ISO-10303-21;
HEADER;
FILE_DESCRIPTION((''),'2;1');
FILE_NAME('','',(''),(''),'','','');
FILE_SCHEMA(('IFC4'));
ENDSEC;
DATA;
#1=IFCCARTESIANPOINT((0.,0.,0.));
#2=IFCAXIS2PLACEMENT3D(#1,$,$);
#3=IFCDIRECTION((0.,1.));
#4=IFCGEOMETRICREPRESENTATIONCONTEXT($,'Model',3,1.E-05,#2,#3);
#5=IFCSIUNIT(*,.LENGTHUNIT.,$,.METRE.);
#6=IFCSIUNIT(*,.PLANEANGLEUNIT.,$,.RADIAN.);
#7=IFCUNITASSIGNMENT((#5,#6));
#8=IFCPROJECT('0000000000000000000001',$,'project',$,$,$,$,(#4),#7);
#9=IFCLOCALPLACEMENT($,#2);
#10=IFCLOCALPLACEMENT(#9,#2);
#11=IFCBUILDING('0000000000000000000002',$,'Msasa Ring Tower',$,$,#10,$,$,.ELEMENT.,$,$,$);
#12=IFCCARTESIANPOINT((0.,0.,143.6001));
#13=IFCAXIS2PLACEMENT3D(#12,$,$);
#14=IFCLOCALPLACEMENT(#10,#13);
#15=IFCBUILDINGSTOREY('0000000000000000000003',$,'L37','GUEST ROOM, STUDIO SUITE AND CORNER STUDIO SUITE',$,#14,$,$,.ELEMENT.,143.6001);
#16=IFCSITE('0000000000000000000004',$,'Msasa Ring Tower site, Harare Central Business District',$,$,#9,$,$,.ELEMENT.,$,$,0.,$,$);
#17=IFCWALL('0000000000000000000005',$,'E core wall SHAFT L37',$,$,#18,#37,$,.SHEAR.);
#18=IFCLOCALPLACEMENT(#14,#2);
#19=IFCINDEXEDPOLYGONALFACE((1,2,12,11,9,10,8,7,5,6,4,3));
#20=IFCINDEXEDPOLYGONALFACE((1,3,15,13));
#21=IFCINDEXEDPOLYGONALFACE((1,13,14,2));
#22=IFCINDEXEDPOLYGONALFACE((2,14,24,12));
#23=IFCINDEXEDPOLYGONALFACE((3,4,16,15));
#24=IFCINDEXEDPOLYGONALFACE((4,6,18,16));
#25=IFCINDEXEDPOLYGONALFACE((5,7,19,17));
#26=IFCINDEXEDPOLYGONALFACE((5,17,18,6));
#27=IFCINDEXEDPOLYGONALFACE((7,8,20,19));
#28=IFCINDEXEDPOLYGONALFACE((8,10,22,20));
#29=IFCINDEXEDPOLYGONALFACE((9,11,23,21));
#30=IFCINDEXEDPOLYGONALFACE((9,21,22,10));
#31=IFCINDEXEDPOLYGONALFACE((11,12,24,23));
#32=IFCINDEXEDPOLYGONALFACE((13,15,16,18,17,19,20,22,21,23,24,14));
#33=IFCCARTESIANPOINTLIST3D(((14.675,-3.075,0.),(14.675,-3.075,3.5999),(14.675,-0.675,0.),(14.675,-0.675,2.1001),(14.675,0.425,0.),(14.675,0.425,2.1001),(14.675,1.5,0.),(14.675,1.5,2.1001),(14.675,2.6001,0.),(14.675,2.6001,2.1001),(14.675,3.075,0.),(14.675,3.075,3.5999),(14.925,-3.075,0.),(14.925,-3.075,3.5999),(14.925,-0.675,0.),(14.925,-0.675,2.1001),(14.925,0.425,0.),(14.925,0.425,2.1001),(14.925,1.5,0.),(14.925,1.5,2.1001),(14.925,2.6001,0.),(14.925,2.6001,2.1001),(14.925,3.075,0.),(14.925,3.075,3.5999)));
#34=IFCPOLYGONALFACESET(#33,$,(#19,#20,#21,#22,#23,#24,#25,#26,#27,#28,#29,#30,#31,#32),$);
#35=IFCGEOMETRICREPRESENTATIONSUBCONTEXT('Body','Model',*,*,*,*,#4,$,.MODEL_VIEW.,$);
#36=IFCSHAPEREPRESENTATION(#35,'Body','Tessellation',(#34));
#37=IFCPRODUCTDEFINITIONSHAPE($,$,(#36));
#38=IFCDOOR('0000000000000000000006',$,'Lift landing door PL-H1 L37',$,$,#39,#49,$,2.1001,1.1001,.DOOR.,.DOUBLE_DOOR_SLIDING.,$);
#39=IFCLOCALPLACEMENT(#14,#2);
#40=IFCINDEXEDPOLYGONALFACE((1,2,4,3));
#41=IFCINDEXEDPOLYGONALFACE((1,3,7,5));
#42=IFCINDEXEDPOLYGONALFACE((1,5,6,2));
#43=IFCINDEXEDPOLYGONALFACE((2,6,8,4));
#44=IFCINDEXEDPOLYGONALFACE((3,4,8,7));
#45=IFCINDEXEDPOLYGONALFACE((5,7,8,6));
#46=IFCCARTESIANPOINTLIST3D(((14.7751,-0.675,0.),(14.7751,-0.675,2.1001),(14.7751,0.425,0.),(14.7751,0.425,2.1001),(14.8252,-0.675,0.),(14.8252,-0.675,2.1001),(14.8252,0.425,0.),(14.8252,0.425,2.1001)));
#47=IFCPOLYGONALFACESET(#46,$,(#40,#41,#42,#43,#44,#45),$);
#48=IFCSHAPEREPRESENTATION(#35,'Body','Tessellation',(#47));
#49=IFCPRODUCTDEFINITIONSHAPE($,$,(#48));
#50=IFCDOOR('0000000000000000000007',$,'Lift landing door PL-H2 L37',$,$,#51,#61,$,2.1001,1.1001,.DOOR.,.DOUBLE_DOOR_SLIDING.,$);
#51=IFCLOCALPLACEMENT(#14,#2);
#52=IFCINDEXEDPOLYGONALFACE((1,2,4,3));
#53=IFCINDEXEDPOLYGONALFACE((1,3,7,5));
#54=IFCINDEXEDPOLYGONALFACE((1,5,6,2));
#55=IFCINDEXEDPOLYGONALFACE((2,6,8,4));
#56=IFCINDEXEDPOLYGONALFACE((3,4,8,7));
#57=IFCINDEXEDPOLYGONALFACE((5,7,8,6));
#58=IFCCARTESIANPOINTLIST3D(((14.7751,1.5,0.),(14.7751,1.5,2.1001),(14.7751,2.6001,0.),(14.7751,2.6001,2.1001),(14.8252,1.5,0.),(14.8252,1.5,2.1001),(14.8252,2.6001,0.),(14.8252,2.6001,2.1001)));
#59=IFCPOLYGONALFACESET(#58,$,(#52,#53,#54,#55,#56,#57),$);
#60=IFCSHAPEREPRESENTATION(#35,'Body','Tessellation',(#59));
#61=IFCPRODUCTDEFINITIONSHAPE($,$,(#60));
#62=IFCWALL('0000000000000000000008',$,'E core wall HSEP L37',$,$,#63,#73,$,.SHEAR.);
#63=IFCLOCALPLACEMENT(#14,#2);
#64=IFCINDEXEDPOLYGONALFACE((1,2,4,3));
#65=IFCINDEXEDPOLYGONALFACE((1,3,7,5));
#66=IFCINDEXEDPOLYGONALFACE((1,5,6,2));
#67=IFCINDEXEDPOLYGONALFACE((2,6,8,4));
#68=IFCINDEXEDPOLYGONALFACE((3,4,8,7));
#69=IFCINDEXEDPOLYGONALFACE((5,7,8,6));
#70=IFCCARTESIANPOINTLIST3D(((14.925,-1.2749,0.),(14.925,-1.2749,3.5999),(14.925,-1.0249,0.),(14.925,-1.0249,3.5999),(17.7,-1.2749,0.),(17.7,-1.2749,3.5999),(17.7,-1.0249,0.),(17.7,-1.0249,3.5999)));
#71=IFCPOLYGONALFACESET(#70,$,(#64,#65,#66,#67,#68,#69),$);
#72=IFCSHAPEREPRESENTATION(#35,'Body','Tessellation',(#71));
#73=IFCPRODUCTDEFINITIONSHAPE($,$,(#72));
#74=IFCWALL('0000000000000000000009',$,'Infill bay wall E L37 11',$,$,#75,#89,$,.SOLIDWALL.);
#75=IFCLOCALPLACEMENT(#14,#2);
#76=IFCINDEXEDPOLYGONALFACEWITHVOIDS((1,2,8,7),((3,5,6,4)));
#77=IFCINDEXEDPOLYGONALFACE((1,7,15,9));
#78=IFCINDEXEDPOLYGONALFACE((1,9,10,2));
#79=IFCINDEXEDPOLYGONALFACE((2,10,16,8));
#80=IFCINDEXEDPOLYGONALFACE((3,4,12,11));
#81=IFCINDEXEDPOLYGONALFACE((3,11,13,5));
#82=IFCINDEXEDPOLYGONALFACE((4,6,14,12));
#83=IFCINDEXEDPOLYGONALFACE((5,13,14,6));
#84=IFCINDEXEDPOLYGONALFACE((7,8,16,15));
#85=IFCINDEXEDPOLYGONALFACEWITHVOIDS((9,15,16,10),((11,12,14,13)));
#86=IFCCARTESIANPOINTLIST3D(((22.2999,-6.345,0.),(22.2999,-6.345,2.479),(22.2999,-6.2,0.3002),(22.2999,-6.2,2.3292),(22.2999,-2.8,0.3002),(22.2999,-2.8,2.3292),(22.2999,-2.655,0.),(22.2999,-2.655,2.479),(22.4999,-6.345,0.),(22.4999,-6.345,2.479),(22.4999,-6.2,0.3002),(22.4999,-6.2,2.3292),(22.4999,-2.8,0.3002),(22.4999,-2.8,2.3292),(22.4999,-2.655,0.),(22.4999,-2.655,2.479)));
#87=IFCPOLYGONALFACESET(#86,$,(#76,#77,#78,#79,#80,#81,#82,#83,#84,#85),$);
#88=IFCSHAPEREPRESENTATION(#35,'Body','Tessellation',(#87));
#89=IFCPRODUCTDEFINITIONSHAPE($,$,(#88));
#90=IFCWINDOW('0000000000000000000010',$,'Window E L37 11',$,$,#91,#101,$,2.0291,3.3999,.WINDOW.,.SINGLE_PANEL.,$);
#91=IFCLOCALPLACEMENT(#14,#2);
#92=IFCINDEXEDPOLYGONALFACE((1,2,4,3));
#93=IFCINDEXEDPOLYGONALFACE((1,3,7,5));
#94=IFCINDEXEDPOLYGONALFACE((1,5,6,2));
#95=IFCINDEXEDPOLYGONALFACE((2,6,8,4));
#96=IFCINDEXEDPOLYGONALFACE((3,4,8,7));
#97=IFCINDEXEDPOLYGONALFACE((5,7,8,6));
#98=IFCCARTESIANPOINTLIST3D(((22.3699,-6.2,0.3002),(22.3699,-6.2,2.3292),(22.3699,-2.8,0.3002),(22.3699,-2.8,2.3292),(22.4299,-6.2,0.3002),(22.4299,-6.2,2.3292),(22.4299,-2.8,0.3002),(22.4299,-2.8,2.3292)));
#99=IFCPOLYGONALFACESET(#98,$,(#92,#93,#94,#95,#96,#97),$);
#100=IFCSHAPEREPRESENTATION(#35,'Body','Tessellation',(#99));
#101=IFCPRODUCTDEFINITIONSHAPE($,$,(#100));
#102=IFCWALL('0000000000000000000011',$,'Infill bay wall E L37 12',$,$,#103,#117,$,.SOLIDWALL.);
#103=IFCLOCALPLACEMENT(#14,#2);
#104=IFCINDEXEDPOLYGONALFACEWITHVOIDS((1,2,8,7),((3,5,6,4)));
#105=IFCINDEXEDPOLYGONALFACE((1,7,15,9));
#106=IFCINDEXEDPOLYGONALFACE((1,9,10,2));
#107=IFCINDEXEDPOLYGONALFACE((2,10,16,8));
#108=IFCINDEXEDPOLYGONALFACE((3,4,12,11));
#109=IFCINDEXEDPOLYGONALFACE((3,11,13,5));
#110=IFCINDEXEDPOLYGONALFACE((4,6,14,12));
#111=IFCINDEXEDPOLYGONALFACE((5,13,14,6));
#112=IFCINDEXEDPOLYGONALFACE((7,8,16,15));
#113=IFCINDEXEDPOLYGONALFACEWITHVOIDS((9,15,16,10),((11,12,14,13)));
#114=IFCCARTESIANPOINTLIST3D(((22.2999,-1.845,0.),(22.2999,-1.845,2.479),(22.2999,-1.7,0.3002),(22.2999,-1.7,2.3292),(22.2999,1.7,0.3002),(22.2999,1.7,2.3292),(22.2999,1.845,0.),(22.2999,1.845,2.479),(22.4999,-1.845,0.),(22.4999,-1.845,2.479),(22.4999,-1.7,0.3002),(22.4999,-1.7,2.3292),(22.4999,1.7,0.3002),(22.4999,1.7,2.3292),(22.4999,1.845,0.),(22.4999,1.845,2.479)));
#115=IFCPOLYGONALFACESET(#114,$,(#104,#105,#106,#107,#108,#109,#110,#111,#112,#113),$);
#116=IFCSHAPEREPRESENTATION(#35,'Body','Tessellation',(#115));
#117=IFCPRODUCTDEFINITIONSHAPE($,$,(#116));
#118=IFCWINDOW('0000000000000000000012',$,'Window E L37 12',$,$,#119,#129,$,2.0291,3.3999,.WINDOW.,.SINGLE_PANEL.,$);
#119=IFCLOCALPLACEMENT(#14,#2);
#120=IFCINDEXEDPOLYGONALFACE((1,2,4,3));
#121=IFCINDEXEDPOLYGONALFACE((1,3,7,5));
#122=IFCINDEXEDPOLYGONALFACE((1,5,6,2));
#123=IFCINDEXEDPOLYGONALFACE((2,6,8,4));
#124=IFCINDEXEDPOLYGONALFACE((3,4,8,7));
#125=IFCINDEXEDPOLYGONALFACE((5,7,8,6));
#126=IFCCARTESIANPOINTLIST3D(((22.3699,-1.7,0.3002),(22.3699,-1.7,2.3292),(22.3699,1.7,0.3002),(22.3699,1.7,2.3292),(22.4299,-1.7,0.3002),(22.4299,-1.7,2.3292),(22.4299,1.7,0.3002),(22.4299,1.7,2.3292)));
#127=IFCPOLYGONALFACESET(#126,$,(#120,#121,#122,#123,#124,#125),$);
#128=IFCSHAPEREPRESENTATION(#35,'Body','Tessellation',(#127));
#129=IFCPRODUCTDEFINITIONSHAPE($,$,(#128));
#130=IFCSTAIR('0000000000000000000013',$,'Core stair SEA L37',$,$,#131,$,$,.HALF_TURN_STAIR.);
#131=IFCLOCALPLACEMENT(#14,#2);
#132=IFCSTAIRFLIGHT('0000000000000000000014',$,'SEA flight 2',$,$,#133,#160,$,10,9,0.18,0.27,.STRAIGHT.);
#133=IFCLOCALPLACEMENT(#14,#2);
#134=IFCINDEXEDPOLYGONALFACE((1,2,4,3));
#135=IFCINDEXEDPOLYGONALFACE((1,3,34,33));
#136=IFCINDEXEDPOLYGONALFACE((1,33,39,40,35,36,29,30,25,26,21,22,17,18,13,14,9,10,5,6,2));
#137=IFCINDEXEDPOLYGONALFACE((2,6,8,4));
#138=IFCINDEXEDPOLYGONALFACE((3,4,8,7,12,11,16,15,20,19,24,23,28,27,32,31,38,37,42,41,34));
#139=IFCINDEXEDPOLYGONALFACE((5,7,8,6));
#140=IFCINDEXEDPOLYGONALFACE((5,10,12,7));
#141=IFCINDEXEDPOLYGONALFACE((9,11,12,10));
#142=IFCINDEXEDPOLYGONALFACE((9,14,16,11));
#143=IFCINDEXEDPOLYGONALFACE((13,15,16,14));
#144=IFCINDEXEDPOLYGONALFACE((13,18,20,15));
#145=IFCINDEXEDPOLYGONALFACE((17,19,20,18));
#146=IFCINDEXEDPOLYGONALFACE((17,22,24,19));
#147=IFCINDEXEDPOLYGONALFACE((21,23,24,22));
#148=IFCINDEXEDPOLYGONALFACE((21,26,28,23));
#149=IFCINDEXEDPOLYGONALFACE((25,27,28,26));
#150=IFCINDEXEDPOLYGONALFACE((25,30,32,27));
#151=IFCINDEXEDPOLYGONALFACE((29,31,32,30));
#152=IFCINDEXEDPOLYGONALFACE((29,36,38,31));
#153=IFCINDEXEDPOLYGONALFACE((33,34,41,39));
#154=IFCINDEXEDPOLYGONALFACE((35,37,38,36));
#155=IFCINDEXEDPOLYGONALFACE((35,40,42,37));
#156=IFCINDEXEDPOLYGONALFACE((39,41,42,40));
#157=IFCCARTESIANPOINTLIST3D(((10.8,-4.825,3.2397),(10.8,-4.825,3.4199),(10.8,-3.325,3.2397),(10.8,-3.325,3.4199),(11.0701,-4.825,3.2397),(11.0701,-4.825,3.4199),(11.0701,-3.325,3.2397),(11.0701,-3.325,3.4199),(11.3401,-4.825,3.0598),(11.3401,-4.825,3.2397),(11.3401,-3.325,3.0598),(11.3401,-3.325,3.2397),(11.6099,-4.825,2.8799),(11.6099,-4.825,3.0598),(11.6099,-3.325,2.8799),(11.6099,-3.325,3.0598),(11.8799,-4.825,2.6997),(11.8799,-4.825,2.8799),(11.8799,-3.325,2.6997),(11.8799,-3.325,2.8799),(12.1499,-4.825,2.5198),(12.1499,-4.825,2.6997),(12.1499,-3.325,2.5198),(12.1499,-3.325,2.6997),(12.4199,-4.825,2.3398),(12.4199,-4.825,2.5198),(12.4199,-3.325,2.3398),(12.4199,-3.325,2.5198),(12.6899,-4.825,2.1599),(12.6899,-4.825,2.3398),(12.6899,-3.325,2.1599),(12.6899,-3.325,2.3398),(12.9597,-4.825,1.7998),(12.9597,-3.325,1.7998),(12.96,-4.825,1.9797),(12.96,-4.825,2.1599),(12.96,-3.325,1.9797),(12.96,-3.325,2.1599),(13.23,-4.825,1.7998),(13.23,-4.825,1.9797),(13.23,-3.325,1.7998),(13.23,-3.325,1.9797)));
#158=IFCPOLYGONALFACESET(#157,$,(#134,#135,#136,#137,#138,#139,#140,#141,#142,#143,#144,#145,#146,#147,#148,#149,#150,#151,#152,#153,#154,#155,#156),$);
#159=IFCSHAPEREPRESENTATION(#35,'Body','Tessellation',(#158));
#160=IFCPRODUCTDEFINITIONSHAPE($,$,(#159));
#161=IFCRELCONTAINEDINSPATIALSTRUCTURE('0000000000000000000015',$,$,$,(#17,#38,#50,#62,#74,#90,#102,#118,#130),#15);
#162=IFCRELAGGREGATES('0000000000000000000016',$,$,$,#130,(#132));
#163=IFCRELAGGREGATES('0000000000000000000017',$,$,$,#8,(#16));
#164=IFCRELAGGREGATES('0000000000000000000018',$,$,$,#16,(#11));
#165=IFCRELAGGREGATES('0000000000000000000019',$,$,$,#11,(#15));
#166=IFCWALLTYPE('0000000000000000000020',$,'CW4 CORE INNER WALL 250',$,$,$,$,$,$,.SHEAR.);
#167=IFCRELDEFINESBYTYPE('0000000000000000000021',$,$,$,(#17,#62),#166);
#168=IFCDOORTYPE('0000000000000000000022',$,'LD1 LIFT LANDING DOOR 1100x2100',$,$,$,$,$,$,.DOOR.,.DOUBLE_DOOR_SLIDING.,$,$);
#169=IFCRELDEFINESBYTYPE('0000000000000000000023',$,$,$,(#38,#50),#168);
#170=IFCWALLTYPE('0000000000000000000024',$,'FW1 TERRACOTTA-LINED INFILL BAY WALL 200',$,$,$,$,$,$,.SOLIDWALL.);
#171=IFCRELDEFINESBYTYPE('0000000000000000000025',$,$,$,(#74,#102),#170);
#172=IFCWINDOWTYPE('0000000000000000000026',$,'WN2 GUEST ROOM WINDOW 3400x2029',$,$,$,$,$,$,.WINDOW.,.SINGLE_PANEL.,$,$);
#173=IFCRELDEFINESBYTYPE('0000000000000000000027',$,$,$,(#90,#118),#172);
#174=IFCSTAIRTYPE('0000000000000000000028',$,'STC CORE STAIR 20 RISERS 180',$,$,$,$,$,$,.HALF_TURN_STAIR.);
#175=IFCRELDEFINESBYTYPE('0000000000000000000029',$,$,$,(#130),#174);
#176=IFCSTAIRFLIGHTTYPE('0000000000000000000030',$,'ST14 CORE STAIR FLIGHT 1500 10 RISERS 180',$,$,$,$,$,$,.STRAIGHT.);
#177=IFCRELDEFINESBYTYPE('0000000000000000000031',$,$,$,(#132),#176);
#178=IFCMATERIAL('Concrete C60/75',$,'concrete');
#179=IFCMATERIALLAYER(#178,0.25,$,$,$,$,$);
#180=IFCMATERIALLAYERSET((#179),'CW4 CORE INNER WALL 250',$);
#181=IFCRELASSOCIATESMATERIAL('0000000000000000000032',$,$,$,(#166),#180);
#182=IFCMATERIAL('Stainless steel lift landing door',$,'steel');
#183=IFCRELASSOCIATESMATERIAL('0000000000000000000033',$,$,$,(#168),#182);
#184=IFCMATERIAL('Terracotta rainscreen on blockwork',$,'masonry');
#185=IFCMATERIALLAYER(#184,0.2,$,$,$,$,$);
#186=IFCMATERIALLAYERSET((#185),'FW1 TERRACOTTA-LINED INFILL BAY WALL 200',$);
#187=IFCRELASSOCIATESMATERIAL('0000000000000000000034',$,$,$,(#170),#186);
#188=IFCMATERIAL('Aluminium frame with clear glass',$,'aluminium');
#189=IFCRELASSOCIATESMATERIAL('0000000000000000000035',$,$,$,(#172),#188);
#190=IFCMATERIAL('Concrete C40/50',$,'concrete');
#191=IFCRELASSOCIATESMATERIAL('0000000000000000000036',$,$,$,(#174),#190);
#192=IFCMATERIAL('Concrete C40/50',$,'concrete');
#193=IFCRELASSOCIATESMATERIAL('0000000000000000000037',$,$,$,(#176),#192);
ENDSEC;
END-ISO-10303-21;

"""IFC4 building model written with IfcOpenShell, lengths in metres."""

from ifc_helpers import new_model, si_unit, direction, frame, frame_2d, origin, place, context, subcontext, project, spatial, polyline, rectangle, outline, extrude, material, layer, layer_set, type_object, element, fill, aggregate, save


model = new_model("IFC4")

# Units and contexts
model_context = context("Model", 3, precision=1e-05, world=origin(), true_north=direction((0.0, 1.0)))
body_context = subcontext(model_context, "Body", "Model", "MODEL_VIEW")
ifc_project = project(units=[si_unit("LENGTHUNIT", "METRE"), si_unit("PLANEANGLEUNIT", "RADIAN")], contexts=[model_context])

# Site, building, storey
site_placement = place(None, origin())
site = spatial("IfcSite", under=ifc_project, at=site_placement, Name="Msasa Ring Tower site, Harare Central Business District", CompositionType="ELEMENT", RefElevation=0.0)
building_placement = place(site_placement, origin())
building = spatial("IfcBuilding", under=site, at=building_placement, Name="Msasa Ring Tower", CompositionType="ELEMENT")
storey_placement = place(building_placement, frame((0.0, 0.0, 143.6001)))
storey = spatial("IfcBuildingStorey", under=building, at=storey_placement, Name="L37", Description="GUEST ROOM, STUDIO SUITE AND CORNER STUDIO SUITE", CompositionType="ELEMENT", Elevation=143.6001)

# Shared definitions
ifc_material_1 = material(Name="Concrete C60/75", Category="concrete")
ifc_layer_1 = layer(ifc_material_1, 0.25)
ifc_layer_set_1 = layer_set([ifc_layer_1], Name="CW4 CORE INNER WALL 250")
wall_type_1 = type_object("IfcWallType", Name="CW4 CORE INNER WALL 250", PredefinedType="SHEAR", material=ifc_layer_set_1)

# Shared definitions
ifc_material_2 = material(Name="Stainless steel lift landing door", Category="steel")
door_type = type_object("IfcDoorType", Name="LD1 LIFT LANDING DOOR 1100x2100", OperationType="DOUBLE_DOOR_SLIDING", PredefinedType="DOOR", material=ifc_material_2)

# Wall, openings, doors
wall_1_placement = place(storey_placement, frame((14.8, -3.075, 0.0), z_axis=(0.0, 0.0, 1.0), x_axis=(0.0, 1.0, 0.0)))
wall_1 = element("IfcWall", 1, at=wall_1_placement, inside=storey, type_object=wall_type_1, Name="E core wall SHAFT L37", PredefinedType="SHEAR", context=body_context, shape_type="SweptSolid", body=[
    extrude(rectangle(XDim=6.1499, YDim=0.25, at=frame_2d((3.075, 0.0))), origin(), (0.0, 0.0, 1.0), 3.5999),
])
opening_1_placement = place(wall_1_placement, frame((2.3999, 0.0, 0.0)))
opening_1 = element("IfcOpeningElement", 2, at=opening_1_placement, cuts=wall_1, PredefinedType="OPENING", context=body_context, shape_type="SweptSolid", body=[
    extrude(rectangle(XDim=1.1001, YDim=2.1001, at=frame_2d((0.55, 1.05))), frame((0.0, 0.135, 0.0), z_axis=(0.0, -1.0, 0.0), x_axis=(1.0, 0.0, 0.0)), (0.0, 0.0, 1.0), 0.27),
])
opening_2_placement = place(wall_1_placement, frame((4.575, 0.0, 0.0)))
opening_2 = element("IfcOpeningElement", 3, at=opening_2_placement, cuts=wall_1, PredefinedType="OPENING", context=body_context, shape_type="SweptSolid", body=[
    extrude(rectangle(XDim=1.1001, YDim=2.1001, at=frame_2d((0.55, 1.05))), frame((0.0, 0.135, 0.0), z_axis=(0.0, -1.0, 0.0), x_axis=(1.0, 0.0, 0.0)), (0.0, 0.0, 1.0), 0.27),
])
door_1_placement = place(opening_1_placement, origin())
door_1 = element("IfcDoor", 4, at=door_1_placement, inside=storey, type_object=door_type, Name="Lift landing door PL-H1 L37", OperationType="DOUBLE_DOOR_SLIDING", OverallHeight=2.1001, OverallWidth=1.1001, PredefinedType="DOOR", context=body_context, shape_type="SweptSolid", body=[
    extrude(rectangle(XDim=1.1001, YDim=2.1001, at=frame_2d((0.55, 1.05))), frame((0.0, 0.0249, 0.0), z_axis=(0.0, -1.0, 0.0), x_axis=(1.0, 0.0, 0.0)), (0.0, 0.0, 1.0), 0.05),
])
fill(opening_1, door_1)
door_2_placement = place(opening_2_placement, origin())
door_2 = element("IfcDoor", 5, at=door_2_placement, inside=storey, type_object=door_type, Name="Lift landing door PL-H2 L37", OperationType="DOUBLE_DOOR_SLIDING", OverallHeight=2.1001, OverallWidth=1.1001, PredefinedType="DOOR", context=body_context, shape_type="SweptSolid", body=[
    extrude(rectangle(XDim=1.1001, YDim=2.1001, at=frame_2d((0.55, 1.05))), frame((0.0, 0.0249, 0.0), z_axis=(0.0, -1.0, 0.0), x_axis=(1.0, 0.0, 0.0)), (0.0, 0.0, 1.0), 0.05),
])
fill(opening_2, door_2)

# Wall
wall_2_placement = place(storey_placement, frame((14.925, -1.1499, 0.0), z_axis=(0.0, 0.0, 1.0), x_axis=(1.0, 0.0, 0.0)))
element("IfcWall", 6, at=wall_2_placement, inside=storey, type_object=wall_type_1, Name="E core wall HSEP L37", PredefinedType="SHEAR", context=body_context, shape_type="SweptSolid", body=[
    extrude(rectangle(XDim=2.7749, YDim=0.25, at=frame_2d((1.3875, 0.0))), origin(), (0.0, 0.0, 1.0), 3.5999),
])

# Walls, openings, windows
ifc_material_3 = material(Name="Terracotta rainscreen on blockwork", Category="masonry")
ifc_layer_2 = layer(ifc_material_3, 0.2)
ifc_layer_set_2 = layer_set([ifc_layer_2], Name="FW1 TERRACOTTA-LINED INFILL BAY WALL 200")
wall_type_2 = type_object("IfcWallType", Name="FW1 TERRACOTTA-LINED INFILL BAY WALL 200", PredefinedType="SOLIDWALL", material=ifc_layer_set_2)
wall_3_placement = place(storey_placement, frame((22.3999, -6.345, 0.0), z_axis=(0.0, 0.0, 1.0), x_axis=(0.0, 1.0, 0.0)))
wall_3 = element("IfcWall", 7, at=wall_3_placement, inside=storey, type_object=wall_type_2, Name="Infill bay wall E L37 11", PredefinedType="SOLIDWALL", context=body_context, shape_type="SweptSolid", body=[
    extrude(rectangle(XDim=3.6899, YDim=0.2, at=frame_2d((1.845, 0.0))), origin(), (0.0, 0.0, 1.0), 2.479),
])
opening_3_placement = place(wall_3_placement, frame((0.145, 0.0, 0.3)))
opening_3 = element("IfcOpeningElement", 8, at=opening_3_placement, cuts=wall_3, PredefinedType="OPENING", context=body_context, shape_type="SweptSolid", body=[
    extrude(rectangle(XDim=3.3999, YDim=2.0291, at=frame_2d((1.7, 1.0146))), frame((0.0, 0.1099, 0.0), z_axis=(0.0, -1.0, 0.0), x_axis=(1.0, 0.0, 0.0)), (0.0, 0.0, 1.0), 0.22),
])
ifc_material_4 = material(Name="Aluminium frame with clear glass", Category="aluminium")
window_type = type_object("IfcWindowType", Name="WN2 GUEST ROOM WINDOW 3400x2029", PartitioningType="SINGLE_PANEL", PredefinedType="WINDOW", material=ifc_material_4)
window_1_placement = place(opening_3_placement, origin())
window_1 = element("IfcWindow", 9, at=window_1_placement, inside=storey, type_object=window_type, Name="Window E L37 11", OverallHeight=2.0291, OverallWidth=3.3999, PartitioningType="SINGLE_PANEL", PredefinedType="WINDOW", context=body_context, shape_type="SweptSolid", body=[
    extrude(rectangle(XDim=3.3999, YDim=2.0291, at=frame_2d((1.7, 1.0146))), frame((0.0, 0.03, 0.0), z_axis=(0.0, -1.0, 0.0), x_axis=(1.0, 0.0, 0.0)), (0.0, 0.0, 1.0), 0.0601),
])
fill(opening_3, window_1)
wall_4_placement = place(storey_placement, frame((22.3999, -1.845, 0.0), z_axis=(0.0, 0.0, 1.0), x_axis=(0.0, 1.0, 0.0)))
wall_4 = element("IfcWall", 10, at=wall_4_placement, inside=storey, type_object=wall_type_2, Name="Infill bay wall E L37 12", PredefinedType="SOLIDWALL", context=body_context, shape_type="SweptSolid", body=[
    extrude(rectangle(XDim=3.6899, YDim=0.2, at=frame_2d((1.845, 0.0))), origin(), (0.0, 0.0, 1.0), 2.479),
])
opening_4_placement = place(wall_4_placement, frame((0.145, 0.0, 0.3)))
opening_4 = element("IfcOpeningElement", 11, at=opening_4_placement, cuts=wall_4, PredefinedType="OPENING", context=body_context, shape_type="SweptSolid", body=[
    extrude(rectangle(XDim=3.3999, YDim=2.0291, at=frame_2d((1.7, 1.0146))), frame((0.0, 0.1099, 0.0), z_axis=(0.0, -1.0, 0.0), x_axis=(1.0, 0.0, 0.0)), (0.0, 0.0, 1.0), 0.22),
])
window_2_placement = place(opening_4_placement, origin())
window_2 = element("IfcWindow", 12, at=window_2_placement, inside=storey, type_object=window_type, Name="Window E L37 12", OverallHeight=2.0291, OverallWidth=3.3999, PartitioningType="SINGLE_PANEL", PredefinedType="WINDOW", context=body_context, shape_type="SweptSolid", body=[
    extrude(rectangle(XDim=3.3999, YDim=2.0291, at=frame_2d((1.7, 1.0146))), frame((0.0, 0.03, 0.0), z_axis=(0.0, -1.0, 0.0), x_axis=(1.0, 0.0, 0.0)), (0.0, 0.0, 1.0), 0.0601),
])
fill(opening_4, window_2)

# Stair, stair flight
ifc_material_5 = material(Name="Concrete C40/50", Category="concrete")
stair_type = type_object("IfcStairType", Name="STC CORE STAIR 20 RISERS 180", PredefinedType="HALF_TURN_STAIR", material=ifc_material_5)
stair_placement = place(storey_placement, origin())
stair = element("IfcStair", 13, at=stair_placement, inside=storey, type_object=stair_type, Name="Core stair SEA L37", PredefinedType="HALF_TURN_STAIR")
ifc_material_6 = material(Name="Concrete C40/50", Category="concrete")
stair_flight_type = type_object("IfcStairFlightType", Name="ST14 CORE STAIR FLIGHT 1500 10 RISERS 180", PredefinedType="STRAIGHT", material=ifc_material_6)
stair_flight_placement = place(storey_placement, frame((13.23, -4.075, 1.7998), z_axis=(0.0, 0.0, 1.0), x_axis=(-1.0, 0.0, 0.0)))
stair_flight = element("IfcStairFlight", 14, at=stair_flight_placement, type_object=stair_flight_type, Name="SEA flight 2", NumberOfRisers=10, NumberOfTreads=9, PredefinedType="STRAIGHT", RiserHeight=0.18, TreadLength=0.27, context=body_context, shape_type="SweptSolid", body=[
    extrude(outline(polyline([(0.0, 0.0), (0.0, 0.1799), (0.27, 0.1799), (0.27, 0.3601), (0.54, 0.3601), (0.54, 0.54), (0.8101, 0.54), (0.8101, 0.72), (1.0801, 0.72), (1.0801, 0.8999), (1.3501, 0.8999), (1.3501, 1.0801), (1.6201, 1.0801), (1.6201, 1.26), (1.8899, 1.26), (1.8899, 1.4399), (2.1599, 1.4399), (2.1599, 1.6201), (2.4299, 1.6201), (2.4299, 1.8), (2.4299, 1.4399), (0.2703, 0.0), (0.0, 0.0)])), frame((0.0, 0.75, 0.0), z_axis=(0.0, -1.0, 0.0), x_axis=(1.0, 0.0, 0.0)), (0.0, 0.0, 1.0), 1.5),
])
aggregate(stair, [stair_flight])

save(model, "model.ifc")
